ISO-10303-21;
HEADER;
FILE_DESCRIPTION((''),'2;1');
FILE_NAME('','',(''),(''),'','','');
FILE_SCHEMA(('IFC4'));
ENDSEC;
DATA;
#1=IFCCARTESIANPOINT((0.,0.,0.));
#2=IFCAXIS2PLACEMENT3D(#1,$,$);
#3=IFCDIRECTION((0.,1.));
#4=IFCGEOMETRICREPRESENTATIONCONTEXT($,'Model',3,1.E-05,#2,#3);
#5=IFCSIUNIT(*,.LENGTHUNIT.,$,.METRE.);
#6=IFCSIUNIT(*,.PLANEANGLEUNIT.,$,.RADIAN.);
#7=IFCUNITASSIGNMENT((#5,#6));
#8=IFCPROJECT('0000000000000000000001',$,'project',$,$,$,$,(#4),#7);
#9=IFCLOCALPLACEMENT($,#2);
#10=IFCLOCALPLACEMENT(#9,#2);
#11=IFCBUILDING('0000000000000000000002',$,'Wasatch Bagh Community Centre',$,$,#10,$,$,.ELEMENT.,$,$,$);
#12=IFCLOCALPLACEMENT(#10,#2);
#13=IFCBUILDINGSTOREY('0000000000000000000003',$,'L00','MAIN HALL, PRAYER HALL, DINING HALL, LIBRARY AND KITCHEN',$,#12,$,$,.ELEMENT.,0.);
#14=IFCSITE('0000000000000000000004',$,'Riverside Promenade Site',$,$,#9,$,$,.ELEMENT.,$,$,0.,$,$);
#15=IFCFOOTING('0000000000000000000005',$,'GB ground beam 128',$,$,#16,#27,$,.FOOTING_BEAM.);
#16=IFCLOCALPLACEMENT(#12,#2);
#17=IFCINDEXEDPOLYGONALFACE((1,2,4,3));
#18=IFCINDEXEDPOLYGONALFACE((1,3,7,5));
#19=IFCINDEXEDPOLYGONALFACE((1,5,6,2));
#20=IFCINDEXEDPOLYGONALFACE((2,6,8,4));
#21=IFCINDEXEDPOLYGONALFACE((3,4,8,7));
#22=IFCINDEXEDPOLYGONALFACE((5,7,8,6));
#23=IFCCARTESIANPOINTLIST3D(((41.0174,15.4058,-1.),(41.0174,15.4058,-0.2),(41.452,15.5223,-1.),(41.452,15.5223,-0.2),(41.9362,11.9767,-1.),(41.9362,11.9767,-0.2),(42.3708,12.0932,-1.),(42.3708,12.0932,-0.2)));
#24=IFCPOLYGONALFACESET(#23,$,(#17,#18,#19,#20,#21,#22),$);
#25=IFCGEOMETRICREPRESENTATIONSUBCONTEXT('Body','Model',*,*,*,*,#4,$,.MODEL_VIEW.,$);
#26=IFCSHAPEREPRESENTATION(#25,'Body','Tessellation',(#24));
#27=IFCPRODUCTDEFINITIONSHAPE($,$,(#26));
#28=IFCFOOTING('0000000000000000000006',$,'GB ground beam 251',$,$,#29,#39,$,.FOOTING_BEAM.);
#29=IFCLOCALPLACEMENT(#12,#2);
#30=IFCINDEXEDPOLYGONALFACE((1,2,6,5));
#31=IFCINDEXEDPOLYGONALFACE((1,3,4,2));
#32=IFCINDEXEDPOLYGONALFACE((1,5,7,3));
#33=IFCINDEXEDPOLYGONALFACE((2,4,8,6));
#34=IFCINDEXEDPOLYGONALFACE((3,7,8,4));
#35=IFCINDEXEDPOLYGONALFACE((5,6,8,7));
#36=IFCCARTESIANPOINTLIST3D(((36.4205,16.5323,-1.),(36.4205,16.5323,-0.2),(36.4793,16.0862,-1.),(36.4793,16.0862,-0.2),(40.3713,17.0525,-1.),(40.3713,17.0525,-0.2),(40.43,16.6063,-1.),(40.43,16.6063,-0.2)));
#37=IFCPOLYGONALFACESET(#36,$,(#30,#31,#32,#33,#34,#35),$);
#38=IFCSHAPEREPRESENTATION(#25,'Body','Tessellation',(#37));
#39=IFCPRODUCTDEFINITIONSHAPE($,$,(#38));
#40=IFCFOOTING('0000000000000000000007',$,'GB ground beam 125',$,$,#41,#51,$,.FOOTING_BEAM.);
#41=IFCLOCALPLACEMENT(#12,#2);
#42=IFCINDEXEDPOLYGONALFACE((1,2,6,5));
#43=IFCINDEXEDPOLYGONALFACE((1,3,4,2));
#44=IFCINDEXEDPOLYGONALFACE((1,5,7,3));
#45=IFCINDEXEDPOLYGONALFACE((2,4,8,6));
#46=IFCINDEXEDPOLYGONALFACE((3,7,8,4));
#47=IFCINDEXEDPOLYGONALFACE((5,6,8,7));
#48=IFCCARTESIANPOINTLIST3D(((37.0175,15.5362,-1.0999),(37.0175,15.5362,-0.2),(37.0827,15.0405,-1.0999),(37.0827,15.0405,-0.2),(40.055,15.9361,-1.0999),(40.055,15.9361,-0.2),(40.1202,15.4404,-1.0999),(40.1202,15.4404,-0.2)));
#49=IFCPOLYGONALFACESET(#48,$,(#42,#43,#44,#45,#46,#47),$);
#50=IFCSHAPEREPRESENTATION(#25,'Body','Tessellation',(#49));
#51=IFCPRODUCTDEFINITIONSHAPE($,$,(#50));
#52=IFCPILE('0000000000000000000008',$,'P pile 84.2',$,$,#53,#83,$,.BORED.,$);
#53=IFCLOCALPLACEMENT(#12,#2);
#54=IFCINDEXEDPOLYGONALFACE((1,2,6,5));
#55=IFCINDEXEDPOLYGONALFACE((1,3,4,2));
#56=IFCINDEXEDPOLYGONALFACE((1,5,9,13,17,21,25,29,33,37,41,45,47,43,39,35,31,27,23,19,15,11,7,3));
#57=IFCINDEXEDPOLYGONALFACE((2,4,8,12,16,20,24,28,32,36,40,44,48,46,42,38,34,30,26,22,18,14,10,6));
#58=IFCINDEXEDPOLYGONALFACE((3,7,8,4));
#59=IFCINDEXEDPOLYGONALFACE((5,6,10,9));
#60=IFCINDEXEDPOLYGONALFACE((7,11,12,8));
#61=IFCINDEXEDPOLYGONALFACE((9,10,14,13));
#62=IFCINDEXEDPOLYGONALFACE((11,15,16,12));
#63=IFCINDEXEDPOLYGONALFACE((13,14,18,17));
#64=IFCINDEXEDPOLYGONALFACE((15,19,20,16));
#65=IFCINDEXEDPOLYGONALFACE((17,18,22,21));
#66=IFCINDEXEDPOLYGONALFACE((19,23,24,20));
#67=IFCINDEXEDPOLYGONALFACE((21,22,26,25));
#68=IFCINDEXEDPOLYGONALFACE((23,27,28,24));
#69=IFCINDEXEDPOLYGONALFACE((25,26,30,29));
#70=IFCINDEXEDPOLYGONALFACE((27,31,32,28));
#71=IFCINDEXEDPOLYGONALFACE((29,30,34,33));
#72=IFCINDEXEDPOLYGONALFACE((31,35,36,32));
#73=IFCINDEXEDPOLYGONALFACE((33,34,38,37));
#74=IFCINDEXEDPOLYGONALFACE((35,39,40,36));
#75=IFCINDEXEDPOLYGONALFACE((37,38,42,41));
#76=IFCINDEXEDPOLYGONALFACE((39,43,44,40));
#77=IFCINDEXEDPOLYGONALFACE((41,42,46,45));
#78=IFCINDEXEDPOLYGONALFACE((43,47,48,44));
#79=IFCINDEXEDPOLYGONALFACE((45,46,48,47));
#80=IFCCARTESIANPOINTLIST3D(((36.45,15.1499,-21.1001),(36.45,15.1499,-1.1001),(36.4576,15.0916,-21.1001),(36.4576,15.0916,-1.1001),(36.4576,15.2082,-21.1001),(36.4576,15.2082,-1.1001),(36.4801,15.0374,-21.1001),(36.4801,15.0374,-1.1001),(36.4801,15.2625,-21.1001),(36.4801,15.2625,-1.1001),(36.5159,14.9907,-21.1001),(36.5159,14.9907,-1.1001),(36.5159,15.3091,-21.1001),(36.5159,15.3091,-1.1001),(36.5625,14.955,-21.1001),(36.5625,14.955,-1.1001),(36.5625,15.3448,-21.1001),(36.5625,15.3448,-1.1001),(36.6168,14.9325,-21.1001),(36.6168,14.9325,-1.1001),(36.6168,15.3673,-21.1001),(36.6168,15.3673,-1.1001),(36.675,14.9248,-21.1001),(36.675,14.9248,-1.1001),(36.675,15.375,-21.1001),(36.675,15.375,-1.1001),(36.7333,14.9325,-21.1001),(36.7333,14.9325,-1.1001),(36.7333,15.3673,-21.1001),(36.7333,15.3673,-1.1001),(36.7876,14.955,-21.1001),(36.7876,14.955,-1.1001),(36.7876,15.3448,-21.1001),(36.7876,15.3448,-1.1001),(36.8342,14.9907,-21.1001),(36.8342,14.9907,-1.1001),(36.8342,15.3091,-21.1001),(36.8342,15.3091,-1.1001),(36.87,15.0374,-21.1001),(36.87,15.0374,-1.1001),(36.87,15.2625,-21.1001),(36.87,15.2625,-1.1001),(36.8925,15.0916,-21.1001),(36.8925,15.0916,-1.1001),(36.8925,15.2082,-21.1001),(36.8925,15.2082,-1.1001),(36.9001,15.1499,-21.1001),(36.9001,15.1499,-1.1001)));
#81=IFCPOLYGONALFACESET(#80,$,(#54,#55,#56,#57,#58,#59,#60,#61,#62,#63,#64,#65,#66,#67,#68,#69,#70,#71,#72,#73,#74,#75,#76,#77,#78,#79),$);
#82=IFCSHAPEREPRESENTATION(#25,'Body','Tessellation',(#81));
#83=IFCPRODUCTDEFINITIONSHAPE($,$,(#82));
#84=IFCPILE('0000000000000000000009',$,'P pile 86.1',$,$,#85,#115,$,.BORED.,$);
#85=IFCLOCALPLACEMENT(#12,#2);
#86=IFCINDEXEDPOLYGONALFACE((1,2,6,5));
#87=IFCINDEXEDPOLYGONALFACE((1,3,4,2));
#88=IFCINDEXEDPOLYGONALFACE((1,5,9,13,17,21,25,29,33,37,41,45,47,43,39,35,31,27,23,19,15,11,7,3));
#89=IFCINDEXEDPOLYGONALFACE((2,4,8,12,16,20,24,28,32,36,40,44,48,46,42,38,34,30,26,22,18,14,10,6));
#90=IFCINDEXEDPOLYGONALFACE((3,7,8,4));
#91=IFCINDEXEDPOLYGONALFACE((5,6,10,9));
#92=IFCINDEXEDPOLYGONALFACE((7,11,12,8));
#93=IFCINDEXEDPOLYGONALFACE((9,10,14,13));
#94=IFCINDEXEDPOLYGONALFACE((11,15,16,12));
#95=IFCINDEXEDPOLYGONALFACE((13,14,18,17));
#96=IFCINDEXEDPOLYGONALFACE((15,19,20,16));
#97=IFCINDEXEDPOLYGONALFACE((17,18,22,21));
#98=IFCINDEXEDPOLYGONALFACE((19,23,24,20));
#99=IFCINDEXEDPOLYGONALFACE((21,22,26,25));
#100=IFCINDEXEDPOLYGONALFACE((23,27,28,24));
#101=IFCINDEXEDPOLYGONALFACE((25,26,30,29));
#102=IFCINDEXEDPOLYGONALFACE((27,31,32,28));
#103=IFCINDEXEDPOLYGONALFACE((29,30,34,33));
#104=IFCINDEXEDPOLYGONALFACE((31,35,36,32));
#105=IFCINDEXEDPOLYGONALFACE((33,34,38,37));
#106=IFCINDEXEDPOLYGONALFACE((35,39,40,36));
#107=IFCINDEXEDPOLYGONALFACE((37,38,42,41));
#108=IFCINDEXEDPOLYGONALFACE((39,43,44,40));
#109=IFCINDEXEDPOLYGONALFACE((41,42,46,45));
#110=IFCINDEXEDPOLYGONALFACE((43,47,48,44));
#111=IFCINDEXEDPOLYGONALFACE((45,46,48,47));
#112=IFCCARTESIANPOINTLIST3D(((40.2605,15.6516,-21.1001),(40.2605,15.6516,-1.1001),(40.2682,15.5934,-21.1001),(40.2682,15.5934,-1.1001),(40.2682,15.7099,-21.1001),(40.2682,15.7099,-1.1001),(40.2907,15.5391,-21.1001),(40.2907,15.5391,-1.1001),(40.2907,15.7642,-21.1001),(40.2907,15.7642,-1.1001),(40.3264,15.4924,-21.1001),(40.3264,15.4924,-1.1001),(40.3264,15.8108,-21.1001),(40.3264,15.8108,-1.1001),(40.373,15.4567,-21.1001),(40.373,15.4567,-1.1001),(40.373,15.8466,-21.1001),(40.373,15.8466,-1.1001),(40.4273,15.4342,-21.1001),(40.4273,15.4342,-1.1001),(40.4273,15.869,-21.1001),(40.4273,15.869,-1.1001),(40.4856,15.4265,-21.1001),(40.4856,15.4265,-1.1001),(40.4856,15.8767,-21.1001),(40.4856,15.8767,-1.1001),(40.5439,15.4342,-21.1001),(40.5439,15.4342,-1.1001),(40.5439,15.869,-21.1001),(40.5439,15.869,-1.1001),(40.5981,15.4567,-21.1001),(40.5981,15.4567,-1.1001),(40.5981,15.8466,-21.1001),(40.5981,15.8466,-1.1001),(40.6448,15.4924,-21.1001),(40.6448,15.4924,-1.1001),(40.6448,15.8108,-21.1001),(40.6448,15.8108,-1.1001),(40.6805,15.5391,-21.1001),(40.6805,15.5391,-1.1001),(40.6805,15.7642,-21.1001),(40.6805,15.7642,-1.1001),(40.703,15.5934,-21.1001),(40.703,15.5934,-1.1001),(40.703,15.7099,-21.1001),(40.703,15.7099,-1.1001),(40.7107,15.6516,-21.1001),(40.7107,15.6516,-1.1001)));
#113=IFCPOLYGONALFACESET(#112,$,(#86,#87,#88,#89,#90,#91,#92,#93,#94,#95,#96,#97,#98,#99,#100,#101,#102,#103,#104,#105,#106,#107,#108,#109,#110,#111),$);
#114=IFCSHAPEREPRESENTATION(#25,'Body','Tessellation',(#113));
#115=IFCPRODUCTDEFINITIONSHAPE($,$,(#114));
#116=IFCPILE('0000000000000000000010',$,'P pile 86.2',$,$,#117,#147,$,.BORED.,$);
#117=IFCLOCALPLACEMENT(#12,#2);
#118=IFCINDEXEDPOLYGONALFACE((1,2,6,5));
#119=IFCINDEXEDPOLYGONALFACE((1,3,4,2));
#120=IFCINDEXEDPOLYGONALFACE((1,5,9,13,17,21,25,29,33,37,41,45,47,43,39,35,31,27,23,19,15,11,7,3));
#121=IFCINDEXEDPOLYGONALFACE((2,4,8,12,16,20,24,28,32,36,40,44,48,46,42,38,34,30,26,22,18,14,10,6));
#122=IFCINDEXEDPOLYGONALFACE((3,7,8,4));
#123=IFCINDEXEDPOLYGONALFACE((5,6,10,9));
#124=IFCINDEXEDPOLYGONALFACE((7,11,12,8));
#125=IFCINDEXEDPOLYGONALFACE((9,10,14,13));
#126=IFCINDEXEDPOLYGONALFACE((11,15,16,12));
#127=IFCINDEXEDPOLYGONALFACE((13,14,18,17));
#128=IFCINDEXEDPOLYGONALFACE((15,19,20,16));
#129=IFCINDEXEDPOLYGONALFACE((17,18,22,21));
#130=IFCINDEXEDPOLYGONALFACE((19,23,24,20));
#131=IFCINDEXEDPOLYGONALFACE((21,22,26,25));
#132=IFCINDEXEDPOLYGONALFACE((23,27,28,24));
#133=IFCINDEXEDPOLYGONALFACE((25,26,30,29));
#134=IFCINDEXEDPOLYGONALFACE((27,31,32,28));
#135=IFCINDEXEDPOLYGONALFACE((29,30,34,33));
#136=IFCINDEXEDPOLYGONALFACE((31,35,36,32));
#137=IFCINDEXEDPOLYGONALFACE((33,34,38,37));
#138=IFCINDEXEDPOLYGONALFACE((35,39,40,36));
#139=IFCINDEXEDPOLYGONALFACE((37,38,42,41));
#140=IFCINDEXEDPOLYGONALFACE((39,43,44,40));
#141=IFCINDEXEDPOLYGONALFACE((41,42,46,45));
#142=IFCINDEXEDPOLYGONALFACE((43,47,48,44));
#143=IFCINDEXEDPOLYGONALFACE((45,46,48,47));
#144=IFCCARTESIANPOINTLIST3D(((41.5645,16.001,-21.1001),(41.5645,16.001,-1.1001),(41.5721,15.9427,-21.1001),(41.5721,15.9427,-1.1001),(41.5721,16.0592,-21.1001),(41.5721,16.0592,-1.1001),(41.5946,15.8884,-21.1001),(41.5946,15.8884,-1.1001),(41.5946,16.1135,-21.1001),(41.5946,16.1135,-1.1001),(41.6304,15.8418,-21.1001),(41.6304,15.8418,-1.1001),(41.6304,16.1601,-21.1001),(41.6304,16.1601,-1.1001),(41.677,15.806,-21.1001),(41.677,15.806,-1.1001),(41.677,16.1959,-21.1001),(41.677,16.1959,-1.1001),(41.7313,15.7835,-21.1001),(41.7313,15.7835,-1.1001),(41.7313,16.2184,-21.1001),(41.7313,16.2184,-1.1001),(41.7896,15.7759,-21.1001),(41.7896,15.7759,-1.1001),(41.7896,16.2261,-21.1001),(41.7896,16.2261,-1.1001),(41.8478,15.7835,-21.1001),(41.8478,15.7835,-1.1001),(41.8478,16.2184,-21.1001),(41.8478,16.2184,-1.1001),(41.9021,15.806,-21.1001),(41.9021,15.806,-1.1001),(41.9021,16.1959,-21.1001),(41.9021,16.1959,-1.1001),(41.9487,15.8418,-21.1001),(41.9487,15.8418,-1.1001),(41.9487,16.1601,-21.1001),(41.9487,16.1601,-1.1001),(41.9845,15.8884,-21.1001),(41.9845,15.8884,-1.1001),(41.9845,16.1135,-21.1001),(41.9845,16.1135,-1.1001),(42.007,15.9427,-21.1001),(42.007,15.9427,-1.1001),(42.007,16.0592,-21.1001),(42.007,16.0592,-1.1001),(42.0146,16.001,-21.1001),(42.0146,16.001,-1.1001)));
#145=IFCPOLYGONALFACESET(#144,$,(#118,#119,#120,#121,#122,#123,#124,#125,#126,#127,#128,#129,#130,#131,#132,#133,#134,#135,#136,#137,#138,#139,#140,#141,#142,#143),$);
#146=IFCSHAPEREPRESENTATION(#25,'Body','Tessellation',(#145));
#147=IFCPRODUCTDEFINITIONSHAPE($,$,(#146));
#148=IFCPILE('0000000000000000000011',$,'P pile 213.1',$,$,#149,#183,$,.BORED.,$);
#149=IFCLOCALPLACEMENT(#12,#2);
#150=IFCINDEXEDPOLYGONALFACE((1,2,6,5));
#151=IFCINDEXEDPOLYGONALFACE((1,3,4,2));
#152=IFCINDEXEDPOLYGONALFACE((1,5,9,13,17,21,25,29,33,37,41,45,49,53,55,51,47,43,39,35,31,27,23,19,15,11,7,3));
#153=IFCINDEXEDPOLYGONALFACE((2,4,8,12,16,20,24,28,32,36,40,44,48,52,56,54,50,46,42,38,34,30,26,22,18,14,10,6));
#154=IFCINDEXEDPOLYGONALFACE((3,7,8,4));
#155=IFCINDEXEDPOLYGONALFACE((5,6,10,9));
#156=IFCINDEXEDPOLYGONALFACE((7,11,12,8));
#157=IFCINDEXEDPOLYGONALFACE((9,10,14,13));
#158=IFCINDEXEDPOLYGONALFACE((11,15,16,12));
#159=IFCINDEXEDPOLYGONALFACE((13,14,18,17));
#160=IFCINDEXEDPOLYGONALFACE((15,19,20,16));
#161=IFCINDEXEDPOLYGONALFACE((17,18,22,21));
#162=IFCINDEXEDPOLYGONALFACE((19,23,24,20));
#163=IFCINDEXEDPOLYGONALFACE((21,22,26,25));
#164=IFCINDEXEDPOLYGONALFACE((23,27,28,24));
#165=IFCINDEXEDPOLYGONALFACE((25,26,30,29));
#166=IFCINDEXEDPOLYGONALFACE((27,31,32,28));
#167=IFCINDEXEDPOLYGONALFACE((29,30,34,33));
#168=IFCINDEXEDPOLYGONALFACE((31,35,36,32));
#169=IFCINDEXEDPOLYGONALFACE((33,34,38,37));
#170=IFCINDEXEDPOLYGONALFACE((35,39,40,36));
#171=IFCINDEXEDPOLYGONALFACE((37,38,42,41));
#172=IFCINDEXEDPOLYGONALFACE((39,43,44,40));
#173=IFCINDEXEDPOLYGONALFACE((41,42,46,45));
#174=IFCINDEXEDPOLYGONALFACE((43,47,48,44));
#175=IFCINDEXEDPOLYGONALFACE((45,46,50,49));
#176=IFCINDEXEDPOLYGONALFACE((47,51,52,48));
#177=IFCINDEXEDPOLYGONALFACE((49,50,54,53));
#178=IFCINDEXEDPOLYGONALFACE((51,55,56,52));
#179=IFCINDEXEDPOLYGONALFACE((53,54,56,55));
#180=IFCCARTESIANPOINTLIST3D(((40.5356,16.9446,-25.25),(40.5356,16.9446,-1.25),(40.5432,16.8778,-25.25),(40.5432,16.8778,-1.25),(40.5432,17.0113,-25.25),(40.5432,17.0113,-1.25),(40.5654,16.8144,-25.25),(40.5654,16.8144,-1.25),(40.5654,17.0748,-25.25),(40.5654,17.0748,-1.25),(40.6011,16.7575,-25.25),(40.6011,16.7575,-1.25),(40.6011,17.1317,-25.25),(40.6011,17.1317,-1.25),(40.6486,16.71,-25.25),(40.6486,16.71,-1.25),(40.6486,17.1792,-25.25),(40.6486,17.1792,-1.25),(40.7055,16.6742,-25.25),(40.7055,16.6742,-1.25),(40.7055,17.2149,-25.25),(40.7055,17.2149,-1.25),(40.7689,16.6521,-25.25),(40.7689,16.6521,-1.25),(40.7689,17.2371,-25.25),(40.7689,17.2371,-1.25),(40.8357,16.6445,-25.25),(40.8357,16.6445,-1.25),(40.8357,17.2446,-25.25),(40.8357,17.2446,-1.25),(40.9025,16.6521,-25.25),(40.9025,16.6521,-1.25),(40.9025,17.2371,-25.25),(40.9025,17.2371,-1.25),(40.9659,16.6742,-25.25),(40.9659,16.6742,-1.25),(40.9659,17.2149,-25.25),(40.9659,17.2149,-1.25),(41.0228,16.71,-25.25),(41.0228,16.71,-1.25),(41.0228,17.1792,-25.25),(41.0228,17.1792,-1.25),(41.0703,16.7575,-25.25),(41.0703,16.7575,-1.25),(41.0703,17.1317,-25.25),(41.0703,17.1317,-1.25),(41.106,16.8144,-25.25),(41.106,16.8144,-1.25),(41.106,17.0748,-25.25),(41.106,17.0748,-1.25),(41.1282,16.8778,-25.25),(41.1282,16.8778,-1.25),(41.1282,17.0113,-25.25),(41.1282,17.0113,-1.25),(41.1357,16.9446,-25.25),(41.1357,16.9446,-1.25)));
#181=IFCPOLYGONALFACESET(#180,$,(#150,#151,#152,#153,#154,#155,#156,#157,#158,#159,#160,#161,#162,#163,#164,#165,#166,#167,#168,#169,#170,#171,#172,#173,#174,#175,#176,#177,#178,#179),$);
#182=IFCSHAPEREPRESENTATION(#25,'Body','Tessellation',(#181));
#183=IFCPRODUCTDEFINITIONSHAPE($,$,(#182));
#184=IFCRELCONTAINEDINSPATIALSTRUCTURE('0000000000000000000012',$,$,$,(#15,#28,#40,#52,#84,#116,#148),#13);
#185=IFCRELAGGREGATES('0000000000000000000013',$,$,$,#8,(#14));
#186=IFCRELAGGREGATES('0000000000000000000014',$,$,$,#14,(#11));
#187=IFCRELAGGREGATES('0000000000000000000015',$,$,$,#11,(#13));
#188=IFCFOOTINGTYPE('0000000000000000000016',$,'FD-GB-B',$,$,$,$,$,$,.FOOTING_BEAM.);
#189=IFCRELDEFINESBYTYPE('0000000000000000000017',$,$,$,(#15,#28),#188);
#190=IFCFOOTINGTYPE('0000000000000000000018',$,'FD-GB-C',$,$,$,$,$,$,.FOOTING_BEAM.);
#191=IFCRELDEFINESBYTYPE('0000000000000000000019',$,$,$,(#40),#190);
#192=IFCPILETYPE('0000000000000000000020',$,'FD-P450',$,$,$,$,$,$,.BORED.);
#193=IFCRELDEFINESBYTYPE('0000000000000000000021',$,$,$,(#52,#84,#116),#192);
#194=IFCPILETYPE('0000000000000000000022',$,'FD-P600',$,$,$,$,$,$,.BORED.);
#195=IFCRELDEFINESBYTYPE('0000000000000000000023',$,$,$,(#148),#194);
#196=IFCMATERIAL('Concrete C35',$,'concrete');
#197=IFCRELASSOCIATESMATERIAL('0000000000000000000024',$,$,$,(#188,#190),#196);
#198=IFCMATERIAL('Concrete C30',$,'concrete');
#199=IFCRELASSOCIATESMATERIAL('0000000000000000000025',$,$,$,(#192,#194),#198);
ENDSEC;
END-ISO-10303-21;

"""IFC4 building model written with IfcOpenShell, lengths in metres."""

from ifc_helpers import new_model, si_unit, direction, frame, origin, origin_2d, place, context, subcontext, project, spatial, rectangle, circle, extrude, material, material_profile, profile_set, type_object, element, save


model = new_model("IFC4")

# Units and contexts
model_context = context("Model", 3, precision=1e-05, world=origin(), true_north=direction((0.0, 1.0)))
body_context = subcontext(model_context, "Body", "Model", "MODEL_VIEW")
ifc_project = project(units=[si_unit("LENGTHUNIT", "METRE"), si_unit("PLANEANGLEUNIT", "RADIAN")], contexts=[model_context])

# Site, building, storey
site_placement = place(None, origin())
site = spatial("IfcSite", under=ifc_project, at=site_placement, Name="Riverside Promenade Site", CompositionType="ELEMENT", RefElevation=0.0)
building_placement = place(site_placement, origin())
building = spatial("IfcBuilding", under=site, at=building_placement, Name="Wasatch Bagh Community Centre", CompositionType="ELEMENT")
storey_placement = place(building_placement, origin())
storey = spatial("IfcBuildingStorey", under=building, at=storey_placement, Name="L00", Description="MAIN HALL, PRAYER HALL, DINING HALL, LIBRARY AND KITCHEN", CompositionType="ELEMENT", Elevation=0.0)

# Footings
ifc_material_1 = material(Name="Concrete C35", Category="concrete")
footing_type_1 = type_object("IfcFootingType", Name="FD-GB-B", PredefinedType="FOOTING_BEAM", material=ifc_material_1)
footing_1_placement = place(storey_placement, frame((41.6941, 13.7495, -1.0), z_axis=(0.0, 0.0, 1.0), x_axis=(0.258819, -0.965926, 0.0)))
element("IfcFooting", 1, at=footing_1_placement, inside=storey, type_object=footing_type_1, Name="GB ground beam 128", PredefinedType="FOOTING_BEAM", context=body_context, shape_type="SweptSolid", body=[
    extrude(rectangle(XDim=3.55, YDim=0.45, at=origin_2d()), origin(), (0.0, 0.0, 1.0), 0.8),
])
footing_2_placement = place(storey_placement, frame((38.4253, 16.5693, -1.0), z_axis=(0.0, 0.0, 1.0), x_axis=(0.991445, 0.130526, 0.0)))
element("IfcFooting", 2, at=footing_2_placement, inside=storey, type_object=footing_type_1, Name="GB ground beam 251", PredefinedType="FOOTING_BEAM", context=body_context, shape_type="SweptSolid", body=[
    extrude(rectangle(XDim=3.9849, YDim=0.45, at=origin_2d()), origin(), (0.0, 0.0, 1.0), 0.8),
])
footing_type_2 = type_object("IfcFootingType", Name="FD-GB-C", PredefinedType="FOOTING_BEAM", material=ifc_material_1)
footing_3_placement = place(storey_placement, frame((38.5688, 15.4883, -1.0999), z_axis=(0.0, 0.0, 1.0), x_axis=(0.991445, 0.130526, 0.0)))
element("IfcFooting", 3, at=footing_3_placement, inside=storey, type_object=footing_type_2, Name="GB ground beam 125", PredefinedType="FOOTING_BEAM", context=body_context, shape_type="SweptSolid", body=[
    extrude(rectangle(XDim=3.0637, YDim=0.5, at=origin_2d()), origin(), (0.0, 0.0, 1.0), 0.8999),
])

# Piles
ifc_material_2 = material(Name="Concrete C30", Category="concrete")
ifc_material_profile_1 = material_profile(ifc_material_2, circle(Radius=0.2251, at=origin_2d()), Name="RC D450")
ifc_profile_set_1 = profile_set([ifc_material_profile_1], Name="Concrete C30")
pile_type_1 = type_object("IfcPileType", Name="FD-P450", PredefinedType="BORED", material=ifc_profile_set_1)
for number, where, z_axis, x_axis, name in (
    (4, (36.675, 15.1499, -1.1001), (0.0, 0.0, -1.0), (1.0, 0.0, 0.0), "P pile 84.2"),
    (5, (40.4856, 15.6516, -1.1001), (0.0, 0.0, -1.0), (1.0, 0.0, 0.0), "P pile 86.1"),
    (6, (41.7896, 16.001, -1.1001), (0.0, 0.0, -1.0), (1.0, 0.0, 0.0), "P pile 86.2"),
):
    element("IfcPile", number, at=place(storey_placement, frame(where, z_axis=z_axis, x_axis=x_axis)), inside=storey, type_object=pile_type_1, Name=name, PredefinedType="BORED", context=body_context, shape_type="SweptSolid", body=[
        extrude(circle(Radius=0.2251, at=origin_2d()), origin(), (0.0, 0.0, 1.0), 20.0),
    ])
ifc_material_profile_2 = material_profile(ifc_material_2, circle(Radius=0.3, at=origin_2d()), Name="RC D600")
ifc_profile_set_2 = profile_set([ifc_material_profile_2], Name="Concrete C30")
pile_type_2 = type_object("IfcPileType", Name="FD-P600", PredefinedType="BORED", material=ifc_profile_set_2)
for number, where, z_axis, x_axis, name in (
    (7, (40.8357, 16.9446, -1.25), (0.0, 0.0, -1.0), (1.0, 0.0, 0.0), "P pile 213.1"),
):
    element("IfcPile", number, at=place(storey_placement, frame(where, z_axis=z_axis, x_axis=x_axis)), inside=storey, type_object=pile_type_2, Name=name, PredefinedType="BORED", context=body_context, shape_type="SweptSolid", body=[
        extrude(circle(Radius=0.3, at=origin_2d()), origin(), (0.0, 0.0, 1.0), 24.0),
    ])

save(model, "model.ifc")
